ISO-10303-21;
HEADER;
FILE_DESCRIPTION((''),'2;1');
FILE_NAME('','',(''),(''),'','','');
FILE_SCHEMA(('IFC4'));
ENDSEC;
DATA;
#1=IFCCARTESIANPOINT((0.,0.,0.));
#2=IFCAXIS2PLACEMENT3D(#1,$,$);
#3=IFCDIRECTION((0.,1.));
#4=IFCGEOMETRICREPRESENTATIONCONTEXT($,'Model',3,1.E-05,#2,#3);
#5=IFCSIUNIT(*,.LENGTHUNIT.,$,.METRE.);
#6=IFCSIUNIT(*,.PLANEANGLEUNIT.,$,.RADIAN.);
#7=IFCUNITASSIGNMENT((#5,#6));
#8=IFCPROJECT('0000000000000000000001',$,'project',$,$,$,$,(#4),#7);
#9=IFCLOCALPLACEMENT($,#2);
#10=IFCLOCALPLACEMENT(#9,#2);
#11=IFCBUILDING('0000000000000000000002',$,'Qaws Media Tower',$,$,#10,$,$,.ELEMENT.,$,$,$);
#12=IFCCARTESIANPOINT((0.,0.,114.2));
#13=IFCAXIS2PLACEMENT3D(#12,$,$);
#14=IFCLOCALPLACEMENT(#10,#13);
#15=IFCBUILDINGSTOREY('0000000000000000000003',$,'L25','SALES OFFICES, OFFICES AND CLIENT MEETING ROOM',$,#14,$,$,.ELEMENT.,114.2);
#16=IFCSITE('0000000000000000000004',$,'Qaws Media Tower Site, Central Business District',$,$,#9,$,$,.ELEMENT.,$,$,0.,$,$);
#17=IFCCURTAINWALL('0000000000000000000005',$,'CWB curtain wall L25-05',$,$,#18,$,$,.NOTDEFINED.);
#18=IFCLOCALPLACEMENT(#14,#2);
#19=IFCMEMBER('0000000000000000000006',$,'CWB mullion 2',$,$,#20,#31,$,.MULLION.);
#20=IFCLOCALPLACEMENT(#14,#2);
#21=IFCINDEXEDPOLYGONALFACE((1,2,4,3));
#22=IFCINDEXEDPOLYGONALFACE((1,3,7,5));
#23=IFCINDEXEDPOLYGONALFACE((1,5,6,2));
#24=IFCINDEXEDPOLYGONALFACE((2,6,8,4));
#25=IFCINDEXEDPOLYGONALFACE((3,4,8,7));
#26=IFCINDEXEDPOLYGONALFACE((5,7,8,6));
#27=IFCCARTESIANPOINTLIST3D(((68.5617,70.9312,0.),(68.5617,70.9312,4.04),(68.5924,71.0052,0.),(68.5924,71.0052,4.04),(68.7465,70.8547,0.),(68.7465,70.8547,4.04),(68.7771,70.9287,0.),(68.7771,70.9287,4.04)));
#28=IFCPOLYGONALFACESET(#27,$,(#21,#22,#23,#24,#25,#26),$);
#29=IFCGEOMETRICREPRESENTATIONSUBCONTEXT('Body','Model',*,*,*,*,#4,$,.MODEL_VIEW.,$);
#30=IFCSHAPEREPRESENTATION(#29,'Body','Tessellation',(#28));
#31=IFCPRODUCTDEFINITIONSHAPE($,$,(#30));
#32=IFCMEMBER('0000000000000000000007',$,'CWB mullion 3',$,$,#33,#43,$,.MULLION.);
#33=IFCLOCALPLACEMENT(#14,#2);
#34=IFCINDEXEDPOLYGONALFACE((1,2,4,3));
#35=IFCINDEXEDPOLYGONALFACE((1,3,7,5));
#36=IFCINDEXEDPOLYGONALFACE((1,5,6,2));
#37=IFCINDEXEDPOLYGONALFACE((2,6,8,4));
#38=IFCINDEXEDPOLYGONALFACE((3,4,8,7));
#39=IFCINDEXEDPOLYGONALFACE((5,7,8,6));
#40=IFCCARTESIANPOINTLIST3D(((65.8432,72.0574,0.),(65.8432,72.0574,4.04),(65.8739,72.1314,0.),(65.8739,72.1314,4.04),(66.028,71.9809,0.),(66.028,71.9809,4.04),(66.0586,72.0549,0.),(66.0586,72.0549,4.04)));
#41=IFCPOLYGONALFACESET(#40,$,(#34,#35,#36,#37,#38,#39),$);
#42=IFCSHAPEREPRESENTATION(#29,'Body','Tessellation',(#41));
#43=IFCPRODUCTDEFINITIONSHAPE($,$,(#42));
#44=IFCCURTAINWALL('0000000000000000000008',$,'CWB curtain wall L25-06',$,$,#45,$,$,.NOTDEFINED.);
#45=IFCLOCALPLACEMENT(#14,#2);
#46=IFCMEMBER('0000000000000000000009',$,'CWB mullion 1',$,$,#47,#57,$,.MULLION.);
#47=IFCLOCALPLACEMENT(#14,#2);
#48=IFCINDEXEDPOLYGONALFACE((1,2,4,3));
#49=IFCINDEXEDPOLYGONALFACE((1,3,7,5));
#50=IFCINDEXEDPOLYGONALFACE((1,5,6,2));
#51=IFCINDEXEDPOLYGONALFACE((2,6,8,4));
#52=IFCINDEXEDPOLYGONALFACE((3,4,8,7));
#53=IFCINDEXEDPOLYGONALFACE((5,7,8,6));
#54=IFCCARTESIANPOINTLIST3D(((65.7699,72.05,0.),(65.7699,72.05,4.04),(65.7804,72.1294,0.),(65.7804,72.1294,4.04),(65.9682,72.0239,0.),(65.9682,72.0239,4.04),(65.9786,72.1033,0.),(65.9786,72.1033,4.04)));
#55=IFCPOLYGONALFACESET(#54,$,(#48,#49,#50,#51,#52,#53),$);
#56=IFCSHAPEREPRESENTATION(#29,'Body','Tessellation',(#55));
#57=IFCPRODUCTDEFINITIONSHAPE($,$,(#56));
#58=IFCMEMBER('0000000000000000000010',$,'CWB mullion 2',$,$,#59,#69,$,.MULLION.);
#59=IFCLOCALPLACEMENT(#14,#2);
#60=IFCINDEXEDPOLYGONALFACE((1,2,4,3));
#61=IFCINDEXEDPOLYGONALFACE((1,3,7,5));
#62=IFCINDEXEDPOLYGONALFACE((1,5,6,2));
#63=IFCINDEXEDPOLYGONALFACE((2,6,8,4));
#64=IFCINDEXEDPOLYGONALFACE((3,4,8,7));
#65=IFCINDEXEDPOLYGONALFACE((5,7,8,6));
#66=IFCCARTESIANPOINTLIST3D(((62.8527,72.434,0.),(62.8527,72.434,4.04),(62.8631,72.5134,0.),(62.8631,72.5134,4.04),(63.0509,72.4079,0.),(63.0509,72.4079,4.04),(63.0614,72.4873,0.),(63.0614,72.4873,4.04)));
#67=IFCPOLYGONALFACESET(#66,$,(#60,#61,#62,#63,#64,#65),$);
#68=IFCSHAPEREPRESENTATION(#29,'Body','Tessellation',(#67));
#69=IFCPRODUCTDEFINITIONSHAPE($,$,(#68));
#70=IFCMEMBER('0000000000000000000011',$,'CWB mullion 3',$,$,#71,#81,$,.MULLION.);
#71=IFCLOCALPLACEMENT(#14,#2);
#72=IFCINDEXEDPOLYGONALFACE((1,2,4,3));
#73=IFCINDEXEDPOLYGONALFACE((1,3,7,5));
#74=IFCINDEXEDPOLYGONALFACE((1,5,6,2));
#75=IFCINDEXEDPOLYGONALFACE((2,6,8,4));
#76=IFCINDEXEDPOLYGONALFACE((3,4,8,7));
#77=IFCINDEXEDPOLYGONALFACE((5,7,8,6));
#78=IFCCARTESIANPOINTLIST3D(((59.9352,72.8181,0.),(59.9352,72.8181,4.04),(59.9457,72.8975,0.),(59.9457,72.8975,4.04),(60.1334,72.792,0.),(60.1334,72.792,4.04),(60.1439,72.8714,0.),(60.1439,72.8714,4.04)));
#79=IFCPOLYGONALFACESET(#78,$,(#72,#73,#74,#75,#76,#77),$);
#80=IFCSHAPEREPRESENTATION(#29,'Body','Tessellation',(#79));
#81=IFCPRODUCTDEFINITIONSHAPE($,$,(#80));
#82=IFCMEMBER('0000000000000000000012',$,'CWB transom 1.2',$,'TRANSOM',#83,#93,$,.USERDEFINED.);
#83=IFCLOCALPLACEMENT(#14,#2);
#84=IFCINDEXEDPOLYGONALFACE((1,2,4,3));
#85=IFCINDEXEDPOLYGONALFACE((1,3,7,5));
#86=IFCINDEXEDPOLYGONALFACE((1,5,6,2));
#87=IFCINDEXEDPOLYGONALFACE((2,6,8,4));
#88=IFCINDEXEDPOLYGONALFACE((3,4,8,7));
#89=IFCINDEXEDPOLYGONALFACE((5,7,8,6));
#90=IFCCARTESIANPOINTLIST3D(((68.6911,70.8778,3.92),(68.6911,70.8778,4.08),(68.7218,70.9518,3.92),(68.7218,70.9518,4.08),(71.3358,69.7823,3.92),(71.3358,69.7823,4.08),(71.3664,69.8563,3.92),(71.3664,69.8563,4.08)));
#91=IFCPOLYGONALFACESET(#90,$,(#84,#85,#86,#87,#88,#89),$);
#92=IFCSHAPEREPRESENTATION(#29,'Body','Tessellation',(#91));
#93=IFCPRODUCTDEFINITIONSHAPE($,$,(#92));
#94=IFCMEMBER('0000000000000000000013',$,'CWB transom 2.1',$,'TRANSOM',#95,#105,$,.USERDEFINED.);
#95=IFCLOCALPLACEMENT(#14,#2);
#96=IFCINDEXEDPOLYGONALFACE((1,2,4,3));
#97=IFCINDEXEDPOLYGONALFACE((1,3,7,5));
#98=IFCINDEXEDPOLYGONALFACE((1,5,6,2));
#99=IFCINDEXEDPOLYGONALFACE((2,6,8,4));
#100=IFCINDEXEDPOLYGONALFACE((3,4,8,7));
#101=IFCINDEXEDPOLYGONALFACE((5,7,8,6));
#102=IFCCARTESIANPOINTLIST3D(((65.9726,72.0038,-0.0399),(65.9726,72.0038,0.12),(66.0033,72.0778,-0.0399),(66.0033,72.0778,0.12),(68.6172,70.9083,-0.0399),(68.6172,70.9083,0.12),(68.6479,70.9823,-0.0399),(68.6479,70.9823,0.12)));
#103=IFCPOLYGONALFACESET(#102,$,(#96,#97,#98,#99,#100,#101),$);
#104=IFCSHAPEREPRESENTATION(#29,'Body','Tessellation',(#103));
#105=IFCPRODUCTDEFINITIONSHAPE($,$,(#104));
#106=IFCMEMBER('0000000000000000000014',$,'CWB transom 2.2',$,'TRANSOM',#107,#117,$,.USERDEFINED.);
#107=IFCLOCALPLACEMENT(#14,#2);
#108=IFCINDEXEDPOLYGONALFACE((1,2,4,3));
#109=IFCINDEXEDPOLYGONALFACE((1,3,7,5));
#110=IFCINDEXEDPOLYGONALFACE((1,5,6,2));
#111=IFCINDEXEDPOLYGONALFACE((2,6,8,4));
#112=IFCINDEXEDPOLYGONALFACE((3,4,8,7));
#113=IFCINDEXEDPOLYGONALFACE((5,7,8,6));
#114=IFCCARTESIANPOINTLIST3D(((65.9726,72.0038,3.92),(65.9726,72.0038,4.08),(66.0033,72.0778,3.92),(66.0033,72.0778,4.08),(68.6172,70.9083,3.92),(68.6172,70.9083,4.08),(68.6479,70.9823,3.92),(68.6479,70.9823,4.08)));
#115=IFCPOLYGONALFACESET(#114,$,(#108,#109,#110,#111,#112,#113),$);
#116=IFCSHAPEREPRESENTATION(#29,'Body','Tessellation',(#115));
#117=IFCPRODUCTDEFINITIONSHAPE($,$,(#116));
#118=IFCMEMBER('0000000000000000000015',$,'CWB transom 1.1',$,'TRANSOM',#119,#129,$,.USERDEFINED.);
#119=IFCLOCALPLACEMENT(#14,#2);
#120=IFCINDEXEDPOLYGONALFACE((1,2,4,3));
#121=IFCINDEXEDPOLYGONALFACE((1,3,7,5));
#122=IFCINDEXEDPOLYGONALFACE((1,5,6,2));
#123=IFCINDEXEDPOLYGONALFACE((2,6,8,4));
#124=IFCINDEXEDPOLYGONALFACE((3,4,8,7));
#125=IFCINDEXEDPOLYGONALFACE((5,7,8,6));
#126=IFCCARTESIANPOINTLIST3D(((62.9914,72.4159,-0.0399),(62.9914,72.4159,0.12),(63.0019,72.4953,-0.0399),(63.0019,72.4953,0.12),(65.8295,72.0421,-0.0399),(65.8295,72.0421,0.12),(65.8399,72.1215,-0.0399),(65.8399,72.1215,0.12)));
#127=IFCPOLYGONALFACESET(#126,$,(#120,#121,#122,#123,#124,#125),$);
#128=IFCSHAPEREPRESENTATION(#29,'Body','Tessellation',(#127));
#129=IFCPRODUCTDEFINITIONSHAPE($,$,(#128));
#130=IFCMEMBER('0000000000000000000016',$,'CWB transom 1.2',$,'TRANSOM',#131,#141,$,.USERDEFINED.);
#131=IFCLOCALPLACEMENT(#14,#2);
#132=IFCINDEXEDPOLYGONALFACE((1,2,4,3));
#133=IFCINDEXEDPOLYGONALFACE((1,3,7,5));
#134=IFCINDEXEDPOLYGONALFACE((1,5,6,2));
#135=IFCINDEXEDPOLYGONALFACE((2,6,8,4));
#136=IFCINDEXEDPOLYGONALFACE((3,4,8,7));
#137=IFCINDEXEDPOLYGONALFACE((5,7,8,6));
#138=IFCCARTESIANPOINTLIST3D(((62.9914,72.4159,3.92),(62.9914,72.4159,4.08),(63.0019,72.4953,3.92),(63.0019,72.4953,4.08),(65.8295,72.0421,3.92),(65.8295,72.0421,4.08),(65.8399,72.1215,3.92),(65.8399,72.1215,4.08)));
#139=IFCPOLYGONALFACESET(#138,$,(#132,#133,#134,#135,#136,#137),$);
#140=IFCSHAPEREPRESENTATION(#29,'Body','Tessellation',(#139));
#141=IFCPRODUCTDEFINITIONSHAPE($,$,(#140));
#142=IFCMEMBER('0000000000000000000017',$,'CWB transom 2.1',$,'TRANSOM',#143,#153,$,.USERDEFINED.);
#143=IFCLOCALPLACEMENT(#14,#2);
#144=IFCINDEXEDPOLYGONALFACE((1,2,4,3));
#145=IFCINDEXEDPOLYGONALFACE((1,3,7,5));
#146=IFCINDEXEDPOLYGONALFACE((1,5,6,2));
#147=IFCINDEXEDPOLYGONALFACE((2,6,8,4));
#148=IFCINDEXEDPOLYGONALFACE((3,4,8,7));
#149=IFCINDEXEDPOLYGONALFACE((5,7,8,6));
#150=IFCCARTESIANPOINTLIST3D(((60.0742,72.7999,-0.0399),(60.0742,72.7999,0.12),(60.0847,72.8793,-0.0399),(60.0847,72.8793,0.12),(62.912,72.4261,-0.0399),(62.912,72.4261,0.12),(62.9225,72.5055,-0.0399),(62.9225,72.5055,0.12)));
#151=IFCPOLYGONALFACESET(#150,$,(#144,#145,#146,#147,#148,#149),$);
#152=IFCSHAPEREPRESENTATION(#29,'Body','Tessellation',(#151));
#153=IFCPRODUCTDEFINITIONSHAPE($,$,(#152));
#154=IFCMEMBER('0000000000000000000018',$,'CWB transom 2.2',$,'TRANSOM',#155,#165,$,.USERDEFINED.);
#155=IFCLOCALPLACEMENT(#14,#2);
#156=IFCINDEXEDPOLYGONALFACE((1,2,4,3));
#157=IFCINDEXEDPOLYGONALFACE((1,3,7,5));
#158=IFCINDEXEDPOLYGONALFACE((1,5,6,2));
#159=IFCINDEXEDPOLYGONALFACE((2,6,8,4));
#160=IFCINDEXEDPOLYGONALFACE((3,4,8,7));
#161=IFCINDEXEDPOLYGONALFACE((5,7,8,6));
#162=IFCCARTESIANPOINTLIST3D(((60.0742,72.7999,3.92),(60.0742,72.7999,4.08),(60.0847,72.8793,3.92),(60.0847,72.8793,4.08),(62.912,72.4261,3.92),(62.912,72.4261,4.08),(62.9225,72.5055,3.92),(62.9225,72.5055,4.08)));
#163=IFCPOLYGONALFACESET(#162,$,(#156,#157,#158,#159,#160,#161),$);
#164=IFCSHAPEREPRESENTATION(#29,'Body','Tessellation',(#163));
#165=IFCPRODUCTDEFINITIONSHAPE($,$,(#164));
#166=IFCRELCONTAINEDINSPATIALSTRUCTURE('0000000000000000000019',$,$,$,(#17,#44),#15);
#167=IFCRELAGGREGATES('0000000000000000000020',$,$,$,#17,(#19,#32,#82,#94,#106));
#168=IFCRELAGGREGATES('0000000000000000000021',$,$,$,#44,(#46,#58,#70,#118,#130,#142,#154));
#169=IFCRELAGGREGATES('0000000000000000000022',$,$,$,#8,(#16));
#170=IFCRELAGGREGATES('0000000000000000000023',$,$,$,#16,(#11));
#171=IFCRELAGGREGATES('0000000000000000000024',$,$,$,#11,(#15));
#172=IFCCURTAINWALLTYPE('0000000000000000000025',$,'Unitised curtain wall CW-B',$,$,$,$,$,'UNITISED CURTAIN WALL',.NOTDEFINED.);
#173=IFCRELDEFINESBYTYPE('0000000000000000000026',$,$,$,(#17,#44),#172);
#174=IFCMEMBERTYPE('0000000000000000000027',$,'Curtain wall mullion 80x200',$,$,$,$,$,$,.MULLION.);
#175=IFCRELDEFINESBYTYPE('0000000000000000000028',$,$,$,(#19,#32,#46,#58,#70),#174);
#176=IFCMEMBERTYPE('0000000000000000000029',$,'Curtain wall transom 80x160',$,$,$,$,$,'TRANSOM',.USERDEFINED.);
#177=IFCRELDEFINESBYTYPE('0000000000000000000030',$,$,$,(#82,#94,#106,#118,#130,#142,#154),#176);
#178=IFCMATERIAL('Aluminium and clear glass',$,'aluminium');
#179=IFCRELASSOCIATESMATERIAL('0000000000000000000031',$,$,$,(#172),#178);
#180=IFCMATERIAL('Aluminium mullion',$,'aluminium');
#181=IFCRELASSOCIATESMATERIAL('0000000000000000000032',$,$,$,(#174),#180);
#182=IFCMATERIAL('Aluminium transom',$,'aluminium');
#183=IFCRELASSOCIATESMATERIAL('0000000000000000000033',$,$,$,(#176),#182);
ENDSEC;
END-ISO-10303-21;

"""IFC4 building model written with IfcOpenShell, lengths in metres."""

from ifc_helpers import new_model, si_unit, direction, frame, origin, origin_2d, place, context, subcontext, project, spatial, rectangle, extrude, material, material_profile, profile_set, type_object, element, aggregate, save


model = new_model("IFC4")

# Units and contexts
model_context = context("Model", 3, precision=1e-05, world=origin(), true_north=direction((0.0, 1.0)))
body_context = subcontext(model_context, "Body", "Model", "MODEL_VIEW")
ifc_project = project(units=[si_unit("LENGTHUNIT", "METRE"), si_unit("PLANEANGLEUNIT", "RADIAN")], contexts=[model_context])

# Site, building, storey
site_placement = place(None, origin())
site = spatial("IfcSite", under=ifc_project, at=site_placement, Name="Qaws Media Tower Site, Central Business District", CompositionType="ELEMENT", RefElevation=0.0)
building_placement = place(site_placement, origin())
building = spatial("IfcBuilding", under=site, at=building_placement, Name="Qaws Media Tower", CompositionType="ELEMENT")
storey_placement = place(building_placement, frame((0.0, 0.0, 114.2)))
storey = spatial("IfcBuildingStorey", under=building, at=storey_placement, Name="L25", Description="SALES OFFICES, OFFICES AND CLIENT MEETING ROOM", CompositionType="ELEMENT", Elevation=114.2)

# Curtain walls, members
ifc_material_1 = material(Name="Aluminium and clear glass", Category="aluminium")
curtain_wall_type = type_object("IfcCurtainWallType", Name="Unitised curtain wall CW-B", ElementType="UNITISED CURTAIN WALL", PredefinedType="NOTDEFINED", material=ifc_material_1)
curtain_wall_1_placement = place(storey_placement, origin())
curtain_wall_1 = element("IfcCurtainWall", 1, at=curtain_wall_1_placement, inside=storey, type_object=curtain_wall_type, Name="CWB curtain wall L25-05", PredefinedType="NOTDEFINED")
ifc_material_2 = material(Name="Aluminium mullion", Category="aluminium")
ifc_material_profile_1 = material_profile(ifc_material_2, rectangle(XDim=0.0801, YDim=0.2, at=origin_2d()), Name="80x200")
ifc_profile_set_1 = profile_set([ifc_material_profile_1], Name="Aluminium mullion")
member_type_1 = type_object("IfcMemberType", Name="Curtain wall mullion 80x200", PredefinedType="MULLION", material=ifc_profile_set_1)
member_1_placement = place(storey_placement, frame((68.6694, 70.9299, 0.0), z_axis=(0.0, 0.0, 1.0), x_axis=(-0.382683, -0.92388, 0.0)))
member_1 = element("IfcMember", 2, at=member_1_placement, type_object=member_type_1, Name="CWB mullion 2", PredefinedType="MULLION", context=body_context, shape_type="SweptSolid", body=[
    extrude(rectangle(XDim=0.0801, YDim=0.2, at=origin_2d()), origin(), (0.0, 0.0, 1.0), 4.04),
])
member_2_placement = place(storey_placement, frame((65.9509, 72.0562, 0.0), z_axis=(0.0, 0.0, 1.0), x_axis=(-0.382683, -0.92388, 0.0)))
member_2 = element("IfcMember", 3, at=member_2_placement, type_object=member_type_1, Name="CWB mullion 3", PredefinedType="MULLION", context=body_context, shape_type="SweptSolid", body=[
    extrude(rectangle(XDim=0.0801, YDim=0.2, at=origin_2d()), origin(), (0.0, 0.0, 1.0), 4.04),
])
curtain_wall_2_placement = place(storey_placement, origin())
curtain_wall_2 = element("IfcCurtainWall", 4, at=curtain_wall_2_placement, inside=storey, type_object=curtain_wall_type, Name="CWB curtain wall L25-06", PredefinedType="NOTDEFINED")
member_3_placement = place(storey_placement, frame((65.8743, 72.0767, 0.0), z_axis=(0.0, 0.0, 1.0), x_axis=(-0.130526, -0.991445, 0.0)))
member_3 = element("IfcMember", 5, at=member_3_placement, type_object=member_type_1, Name="CWB mullion 1", PredefinedType="MULLION", context=body_context, shape_type="SweptSolid", body=[
    extrude(rectangle(XDim=0.0801, YDim=0.2, at=origin_2d()), origin(), (0.0, 0.0, 1.0), 4.04),
])
member_4_placement = place(storey_placement, frame((62.957, 72.4607, 0.0), z_axis=(0.0, 0.0, 1.0), x_axis=(-0.130526, -0.991445, 0.0)))
member_4 = element("IfcMember", 6, at=member_4_placement, type_object=member_type_1, Name="CWB mullion 2", PredefinedType="MULLION", context=body_context, shape_type="SweptSolid", body=[
    extrude(rectangle(XDim=0.0801, YDim=0.2, at=origin_2d()), origin(), (0.0, 0.0, 1.0), 4.04),
])
member_5_placement = place(storey_placement, frame((60.0396, 72.8447, 0.0), z_axis=(0.0, 0.0, 1.0), x_axis=(-0.130526, -0.991445, 0.0)))
member_5 = element("IfcMember", 7, at=member_5_placement, type_object=member_type_1, Name="CWB mullion 3", PredefinedType="MULLION", context=body_context, shape_type="SweptSolid", body=[
    extrude(rectangle(XDim=0.0801, YDim=0.2, at=origin_2d()), origin(), (0.0, 0.0, 1.0), 4.04),
])

# Members
ifc_material_3 = material(Name="Aluminium transom", Category="aluminium")
ifc_material_profile_2 = material_profile(ifc_material_3, rectangle(XDim=0.0801, YDim=0.1599, at=origin_2d()), Name="80x160")
ifc_profile_set_2 = profile_set([ifc_material_profile_2], Name="Aluminium transom")
member_type_2 = type_object("IfcMemberType", Name="Curtain wall transom 80x160", ElementType="TRANSOM", PredefinedType="USERDEFINED", material=ifc_profile_set_2)
member_6_placement = place(storey_placement, frame((71.3511, 69.8193, 4.0), z_axis=(-0.923872, 0.382701, 0.0), x_axis=(-0.382701, -0.923872, 0.0)))
member_6 = element("IfcMember", 8, at=member_6_placement, type_object=member_type_2, Name="CWB transom 1.2", ObjectType="TRANSOM", PredefinedType="USERDEFINED", context=body_context, shape_type="SweptSolid", body=[
    extrude(rectangle(XDim=0.0801, YDim=0.1599, at=origin_2d()), origin(), (0.0, 0.0, 1.0), 2.8625),
])
member_7_placement = place(storey_placement, frame((68.6326, 70.9453, 0.04), z_axis=(-0.923872, 0.382701, 0.0), x_axis=(-0.382701, -0.923872, 0.0)))
member_7 = element("IfcMember", 9, at=member_7_placement, type_object=member_type_2, Name="CWB transom 2.1", ObjectType="TRANSOM", PredefinedType="USERDEFINED", context=body_context, shape_type="SweptSolid", body=[
    extrude(rectangle(XDim=0.0801, YDim=0.1599, at=origin_2d()), origin(), (0.0, 0.0, 1.0), 2.8625),
])
member_8_placement = place(storey_placement, frame((68.6326, 70.9453, 4.0), z_axis=(-0.923872, 0.382701, 0.0), x_axis=(-0.382701, -0.923872, 0.0)))
member_8 = element("IfcMember", 10, at=member_8_placement, type_object=member_type_2, Name="CWB transom 2.2", ObjectType="TRANSOM", PredefinedType="USERDEFINED", context=body_context, shape_type="SweptSolid", body=[
    extrude(rectangle(XDim=0.0801, YDim=0.1599, at=origin_2d()), origin(), (0.0, 0.0, 1.0), 2.8625),
])
member_9_placement = place(storey_placement, frame((65.8347, 72.0818, 0.04), z_axis=(-0.991439, 0.130571, 0.0), x_axis=(-0.130571, -0.991439, 0.0)))
member_9 = element("IfcMember", 11, at=member_9_placement, type_object=member_type_2, Name="CWB transom 1.1", ObjectType="TRANSOM", PredefinedType="USERDEFINED", context=body_context, shape_type="SweptSolid", body=[
    extrude(rectangle(XDim=0.0801, YDim=0.1599, at=origin_2d()), origin(), (0.0, 0.0, 1.0), 2.8625),
])
member_10_placement = place(storey_placement, frame((65.8347, 72.0818, 4.0), z_axis=(-0.991439, 0.130571, 0.0), x_axis=(-0.130571, -0.991439, 0.0)))
member_10 = element("IfcMember", 12, at=member_10_placement, type_object=member_type_2, Name="CWB transom 1.2", ObjectType="TRANSOM", PredefinedType="USERDEFINED", context=body_context, shape_type="SweptSolid", body=[
    extrude(rectangle(XDim=0.0801, YDim=0.1599, at=origin_2d()), origin(), (0.0, 0.0, 1.0), 2.8625),
])
member_11_placement = place(storey_placement, frame((62.9172, 72.4658, 0.04), z_axis=(-0.991437, 0.130582, 0.0), x_axis=(-0.130582, -0.991437, 0.0)))
member_11 = element("IfcMember", 13, at=member_11_placement, type_object=member_type_2, Name="CWB transom 2.1", ObjectType="TRANSOM", PredefinedType="USERDEFINED", context=body_context, shape_type="SweptSolid", body=[
    extrude(rectangle(XDim=0.0801, YDim=0.1599, at=origin_2d()), origin(), (0.0, 0.0, 1.0), 2.8623),
])
member_12_placement = place(storey_placement, frame((62.9172, 72.4658, 4.0), z_axis=(-0.991437, 0.130582, 0.0), x_axis=(-0.130582, -0.991437, 0.0)))
member_12 = element("IfcMember", 14, at=member_12_placement, type_object=member_type_2, Name="CWB transom 2.2", ObjectType="TRANSOM", PredefinedType="USERDEFINED", context=body_context, shape_type="SweptSolid", body=[
    extrude(rectangle(XDim=0.0801, YDim=0.1599, at=origin_2d()), origin(), (0.0, 0.0, 1.0), 2.8623),
])

aggregate(curtain_wall_1, [member_1, member_2, member_6, member_7, member_8])
aggregate(curtain_wall_2, [member_3, member_4, member_5, member_9, member_10, member_11, member_12])

save(model, "model.ifc")
